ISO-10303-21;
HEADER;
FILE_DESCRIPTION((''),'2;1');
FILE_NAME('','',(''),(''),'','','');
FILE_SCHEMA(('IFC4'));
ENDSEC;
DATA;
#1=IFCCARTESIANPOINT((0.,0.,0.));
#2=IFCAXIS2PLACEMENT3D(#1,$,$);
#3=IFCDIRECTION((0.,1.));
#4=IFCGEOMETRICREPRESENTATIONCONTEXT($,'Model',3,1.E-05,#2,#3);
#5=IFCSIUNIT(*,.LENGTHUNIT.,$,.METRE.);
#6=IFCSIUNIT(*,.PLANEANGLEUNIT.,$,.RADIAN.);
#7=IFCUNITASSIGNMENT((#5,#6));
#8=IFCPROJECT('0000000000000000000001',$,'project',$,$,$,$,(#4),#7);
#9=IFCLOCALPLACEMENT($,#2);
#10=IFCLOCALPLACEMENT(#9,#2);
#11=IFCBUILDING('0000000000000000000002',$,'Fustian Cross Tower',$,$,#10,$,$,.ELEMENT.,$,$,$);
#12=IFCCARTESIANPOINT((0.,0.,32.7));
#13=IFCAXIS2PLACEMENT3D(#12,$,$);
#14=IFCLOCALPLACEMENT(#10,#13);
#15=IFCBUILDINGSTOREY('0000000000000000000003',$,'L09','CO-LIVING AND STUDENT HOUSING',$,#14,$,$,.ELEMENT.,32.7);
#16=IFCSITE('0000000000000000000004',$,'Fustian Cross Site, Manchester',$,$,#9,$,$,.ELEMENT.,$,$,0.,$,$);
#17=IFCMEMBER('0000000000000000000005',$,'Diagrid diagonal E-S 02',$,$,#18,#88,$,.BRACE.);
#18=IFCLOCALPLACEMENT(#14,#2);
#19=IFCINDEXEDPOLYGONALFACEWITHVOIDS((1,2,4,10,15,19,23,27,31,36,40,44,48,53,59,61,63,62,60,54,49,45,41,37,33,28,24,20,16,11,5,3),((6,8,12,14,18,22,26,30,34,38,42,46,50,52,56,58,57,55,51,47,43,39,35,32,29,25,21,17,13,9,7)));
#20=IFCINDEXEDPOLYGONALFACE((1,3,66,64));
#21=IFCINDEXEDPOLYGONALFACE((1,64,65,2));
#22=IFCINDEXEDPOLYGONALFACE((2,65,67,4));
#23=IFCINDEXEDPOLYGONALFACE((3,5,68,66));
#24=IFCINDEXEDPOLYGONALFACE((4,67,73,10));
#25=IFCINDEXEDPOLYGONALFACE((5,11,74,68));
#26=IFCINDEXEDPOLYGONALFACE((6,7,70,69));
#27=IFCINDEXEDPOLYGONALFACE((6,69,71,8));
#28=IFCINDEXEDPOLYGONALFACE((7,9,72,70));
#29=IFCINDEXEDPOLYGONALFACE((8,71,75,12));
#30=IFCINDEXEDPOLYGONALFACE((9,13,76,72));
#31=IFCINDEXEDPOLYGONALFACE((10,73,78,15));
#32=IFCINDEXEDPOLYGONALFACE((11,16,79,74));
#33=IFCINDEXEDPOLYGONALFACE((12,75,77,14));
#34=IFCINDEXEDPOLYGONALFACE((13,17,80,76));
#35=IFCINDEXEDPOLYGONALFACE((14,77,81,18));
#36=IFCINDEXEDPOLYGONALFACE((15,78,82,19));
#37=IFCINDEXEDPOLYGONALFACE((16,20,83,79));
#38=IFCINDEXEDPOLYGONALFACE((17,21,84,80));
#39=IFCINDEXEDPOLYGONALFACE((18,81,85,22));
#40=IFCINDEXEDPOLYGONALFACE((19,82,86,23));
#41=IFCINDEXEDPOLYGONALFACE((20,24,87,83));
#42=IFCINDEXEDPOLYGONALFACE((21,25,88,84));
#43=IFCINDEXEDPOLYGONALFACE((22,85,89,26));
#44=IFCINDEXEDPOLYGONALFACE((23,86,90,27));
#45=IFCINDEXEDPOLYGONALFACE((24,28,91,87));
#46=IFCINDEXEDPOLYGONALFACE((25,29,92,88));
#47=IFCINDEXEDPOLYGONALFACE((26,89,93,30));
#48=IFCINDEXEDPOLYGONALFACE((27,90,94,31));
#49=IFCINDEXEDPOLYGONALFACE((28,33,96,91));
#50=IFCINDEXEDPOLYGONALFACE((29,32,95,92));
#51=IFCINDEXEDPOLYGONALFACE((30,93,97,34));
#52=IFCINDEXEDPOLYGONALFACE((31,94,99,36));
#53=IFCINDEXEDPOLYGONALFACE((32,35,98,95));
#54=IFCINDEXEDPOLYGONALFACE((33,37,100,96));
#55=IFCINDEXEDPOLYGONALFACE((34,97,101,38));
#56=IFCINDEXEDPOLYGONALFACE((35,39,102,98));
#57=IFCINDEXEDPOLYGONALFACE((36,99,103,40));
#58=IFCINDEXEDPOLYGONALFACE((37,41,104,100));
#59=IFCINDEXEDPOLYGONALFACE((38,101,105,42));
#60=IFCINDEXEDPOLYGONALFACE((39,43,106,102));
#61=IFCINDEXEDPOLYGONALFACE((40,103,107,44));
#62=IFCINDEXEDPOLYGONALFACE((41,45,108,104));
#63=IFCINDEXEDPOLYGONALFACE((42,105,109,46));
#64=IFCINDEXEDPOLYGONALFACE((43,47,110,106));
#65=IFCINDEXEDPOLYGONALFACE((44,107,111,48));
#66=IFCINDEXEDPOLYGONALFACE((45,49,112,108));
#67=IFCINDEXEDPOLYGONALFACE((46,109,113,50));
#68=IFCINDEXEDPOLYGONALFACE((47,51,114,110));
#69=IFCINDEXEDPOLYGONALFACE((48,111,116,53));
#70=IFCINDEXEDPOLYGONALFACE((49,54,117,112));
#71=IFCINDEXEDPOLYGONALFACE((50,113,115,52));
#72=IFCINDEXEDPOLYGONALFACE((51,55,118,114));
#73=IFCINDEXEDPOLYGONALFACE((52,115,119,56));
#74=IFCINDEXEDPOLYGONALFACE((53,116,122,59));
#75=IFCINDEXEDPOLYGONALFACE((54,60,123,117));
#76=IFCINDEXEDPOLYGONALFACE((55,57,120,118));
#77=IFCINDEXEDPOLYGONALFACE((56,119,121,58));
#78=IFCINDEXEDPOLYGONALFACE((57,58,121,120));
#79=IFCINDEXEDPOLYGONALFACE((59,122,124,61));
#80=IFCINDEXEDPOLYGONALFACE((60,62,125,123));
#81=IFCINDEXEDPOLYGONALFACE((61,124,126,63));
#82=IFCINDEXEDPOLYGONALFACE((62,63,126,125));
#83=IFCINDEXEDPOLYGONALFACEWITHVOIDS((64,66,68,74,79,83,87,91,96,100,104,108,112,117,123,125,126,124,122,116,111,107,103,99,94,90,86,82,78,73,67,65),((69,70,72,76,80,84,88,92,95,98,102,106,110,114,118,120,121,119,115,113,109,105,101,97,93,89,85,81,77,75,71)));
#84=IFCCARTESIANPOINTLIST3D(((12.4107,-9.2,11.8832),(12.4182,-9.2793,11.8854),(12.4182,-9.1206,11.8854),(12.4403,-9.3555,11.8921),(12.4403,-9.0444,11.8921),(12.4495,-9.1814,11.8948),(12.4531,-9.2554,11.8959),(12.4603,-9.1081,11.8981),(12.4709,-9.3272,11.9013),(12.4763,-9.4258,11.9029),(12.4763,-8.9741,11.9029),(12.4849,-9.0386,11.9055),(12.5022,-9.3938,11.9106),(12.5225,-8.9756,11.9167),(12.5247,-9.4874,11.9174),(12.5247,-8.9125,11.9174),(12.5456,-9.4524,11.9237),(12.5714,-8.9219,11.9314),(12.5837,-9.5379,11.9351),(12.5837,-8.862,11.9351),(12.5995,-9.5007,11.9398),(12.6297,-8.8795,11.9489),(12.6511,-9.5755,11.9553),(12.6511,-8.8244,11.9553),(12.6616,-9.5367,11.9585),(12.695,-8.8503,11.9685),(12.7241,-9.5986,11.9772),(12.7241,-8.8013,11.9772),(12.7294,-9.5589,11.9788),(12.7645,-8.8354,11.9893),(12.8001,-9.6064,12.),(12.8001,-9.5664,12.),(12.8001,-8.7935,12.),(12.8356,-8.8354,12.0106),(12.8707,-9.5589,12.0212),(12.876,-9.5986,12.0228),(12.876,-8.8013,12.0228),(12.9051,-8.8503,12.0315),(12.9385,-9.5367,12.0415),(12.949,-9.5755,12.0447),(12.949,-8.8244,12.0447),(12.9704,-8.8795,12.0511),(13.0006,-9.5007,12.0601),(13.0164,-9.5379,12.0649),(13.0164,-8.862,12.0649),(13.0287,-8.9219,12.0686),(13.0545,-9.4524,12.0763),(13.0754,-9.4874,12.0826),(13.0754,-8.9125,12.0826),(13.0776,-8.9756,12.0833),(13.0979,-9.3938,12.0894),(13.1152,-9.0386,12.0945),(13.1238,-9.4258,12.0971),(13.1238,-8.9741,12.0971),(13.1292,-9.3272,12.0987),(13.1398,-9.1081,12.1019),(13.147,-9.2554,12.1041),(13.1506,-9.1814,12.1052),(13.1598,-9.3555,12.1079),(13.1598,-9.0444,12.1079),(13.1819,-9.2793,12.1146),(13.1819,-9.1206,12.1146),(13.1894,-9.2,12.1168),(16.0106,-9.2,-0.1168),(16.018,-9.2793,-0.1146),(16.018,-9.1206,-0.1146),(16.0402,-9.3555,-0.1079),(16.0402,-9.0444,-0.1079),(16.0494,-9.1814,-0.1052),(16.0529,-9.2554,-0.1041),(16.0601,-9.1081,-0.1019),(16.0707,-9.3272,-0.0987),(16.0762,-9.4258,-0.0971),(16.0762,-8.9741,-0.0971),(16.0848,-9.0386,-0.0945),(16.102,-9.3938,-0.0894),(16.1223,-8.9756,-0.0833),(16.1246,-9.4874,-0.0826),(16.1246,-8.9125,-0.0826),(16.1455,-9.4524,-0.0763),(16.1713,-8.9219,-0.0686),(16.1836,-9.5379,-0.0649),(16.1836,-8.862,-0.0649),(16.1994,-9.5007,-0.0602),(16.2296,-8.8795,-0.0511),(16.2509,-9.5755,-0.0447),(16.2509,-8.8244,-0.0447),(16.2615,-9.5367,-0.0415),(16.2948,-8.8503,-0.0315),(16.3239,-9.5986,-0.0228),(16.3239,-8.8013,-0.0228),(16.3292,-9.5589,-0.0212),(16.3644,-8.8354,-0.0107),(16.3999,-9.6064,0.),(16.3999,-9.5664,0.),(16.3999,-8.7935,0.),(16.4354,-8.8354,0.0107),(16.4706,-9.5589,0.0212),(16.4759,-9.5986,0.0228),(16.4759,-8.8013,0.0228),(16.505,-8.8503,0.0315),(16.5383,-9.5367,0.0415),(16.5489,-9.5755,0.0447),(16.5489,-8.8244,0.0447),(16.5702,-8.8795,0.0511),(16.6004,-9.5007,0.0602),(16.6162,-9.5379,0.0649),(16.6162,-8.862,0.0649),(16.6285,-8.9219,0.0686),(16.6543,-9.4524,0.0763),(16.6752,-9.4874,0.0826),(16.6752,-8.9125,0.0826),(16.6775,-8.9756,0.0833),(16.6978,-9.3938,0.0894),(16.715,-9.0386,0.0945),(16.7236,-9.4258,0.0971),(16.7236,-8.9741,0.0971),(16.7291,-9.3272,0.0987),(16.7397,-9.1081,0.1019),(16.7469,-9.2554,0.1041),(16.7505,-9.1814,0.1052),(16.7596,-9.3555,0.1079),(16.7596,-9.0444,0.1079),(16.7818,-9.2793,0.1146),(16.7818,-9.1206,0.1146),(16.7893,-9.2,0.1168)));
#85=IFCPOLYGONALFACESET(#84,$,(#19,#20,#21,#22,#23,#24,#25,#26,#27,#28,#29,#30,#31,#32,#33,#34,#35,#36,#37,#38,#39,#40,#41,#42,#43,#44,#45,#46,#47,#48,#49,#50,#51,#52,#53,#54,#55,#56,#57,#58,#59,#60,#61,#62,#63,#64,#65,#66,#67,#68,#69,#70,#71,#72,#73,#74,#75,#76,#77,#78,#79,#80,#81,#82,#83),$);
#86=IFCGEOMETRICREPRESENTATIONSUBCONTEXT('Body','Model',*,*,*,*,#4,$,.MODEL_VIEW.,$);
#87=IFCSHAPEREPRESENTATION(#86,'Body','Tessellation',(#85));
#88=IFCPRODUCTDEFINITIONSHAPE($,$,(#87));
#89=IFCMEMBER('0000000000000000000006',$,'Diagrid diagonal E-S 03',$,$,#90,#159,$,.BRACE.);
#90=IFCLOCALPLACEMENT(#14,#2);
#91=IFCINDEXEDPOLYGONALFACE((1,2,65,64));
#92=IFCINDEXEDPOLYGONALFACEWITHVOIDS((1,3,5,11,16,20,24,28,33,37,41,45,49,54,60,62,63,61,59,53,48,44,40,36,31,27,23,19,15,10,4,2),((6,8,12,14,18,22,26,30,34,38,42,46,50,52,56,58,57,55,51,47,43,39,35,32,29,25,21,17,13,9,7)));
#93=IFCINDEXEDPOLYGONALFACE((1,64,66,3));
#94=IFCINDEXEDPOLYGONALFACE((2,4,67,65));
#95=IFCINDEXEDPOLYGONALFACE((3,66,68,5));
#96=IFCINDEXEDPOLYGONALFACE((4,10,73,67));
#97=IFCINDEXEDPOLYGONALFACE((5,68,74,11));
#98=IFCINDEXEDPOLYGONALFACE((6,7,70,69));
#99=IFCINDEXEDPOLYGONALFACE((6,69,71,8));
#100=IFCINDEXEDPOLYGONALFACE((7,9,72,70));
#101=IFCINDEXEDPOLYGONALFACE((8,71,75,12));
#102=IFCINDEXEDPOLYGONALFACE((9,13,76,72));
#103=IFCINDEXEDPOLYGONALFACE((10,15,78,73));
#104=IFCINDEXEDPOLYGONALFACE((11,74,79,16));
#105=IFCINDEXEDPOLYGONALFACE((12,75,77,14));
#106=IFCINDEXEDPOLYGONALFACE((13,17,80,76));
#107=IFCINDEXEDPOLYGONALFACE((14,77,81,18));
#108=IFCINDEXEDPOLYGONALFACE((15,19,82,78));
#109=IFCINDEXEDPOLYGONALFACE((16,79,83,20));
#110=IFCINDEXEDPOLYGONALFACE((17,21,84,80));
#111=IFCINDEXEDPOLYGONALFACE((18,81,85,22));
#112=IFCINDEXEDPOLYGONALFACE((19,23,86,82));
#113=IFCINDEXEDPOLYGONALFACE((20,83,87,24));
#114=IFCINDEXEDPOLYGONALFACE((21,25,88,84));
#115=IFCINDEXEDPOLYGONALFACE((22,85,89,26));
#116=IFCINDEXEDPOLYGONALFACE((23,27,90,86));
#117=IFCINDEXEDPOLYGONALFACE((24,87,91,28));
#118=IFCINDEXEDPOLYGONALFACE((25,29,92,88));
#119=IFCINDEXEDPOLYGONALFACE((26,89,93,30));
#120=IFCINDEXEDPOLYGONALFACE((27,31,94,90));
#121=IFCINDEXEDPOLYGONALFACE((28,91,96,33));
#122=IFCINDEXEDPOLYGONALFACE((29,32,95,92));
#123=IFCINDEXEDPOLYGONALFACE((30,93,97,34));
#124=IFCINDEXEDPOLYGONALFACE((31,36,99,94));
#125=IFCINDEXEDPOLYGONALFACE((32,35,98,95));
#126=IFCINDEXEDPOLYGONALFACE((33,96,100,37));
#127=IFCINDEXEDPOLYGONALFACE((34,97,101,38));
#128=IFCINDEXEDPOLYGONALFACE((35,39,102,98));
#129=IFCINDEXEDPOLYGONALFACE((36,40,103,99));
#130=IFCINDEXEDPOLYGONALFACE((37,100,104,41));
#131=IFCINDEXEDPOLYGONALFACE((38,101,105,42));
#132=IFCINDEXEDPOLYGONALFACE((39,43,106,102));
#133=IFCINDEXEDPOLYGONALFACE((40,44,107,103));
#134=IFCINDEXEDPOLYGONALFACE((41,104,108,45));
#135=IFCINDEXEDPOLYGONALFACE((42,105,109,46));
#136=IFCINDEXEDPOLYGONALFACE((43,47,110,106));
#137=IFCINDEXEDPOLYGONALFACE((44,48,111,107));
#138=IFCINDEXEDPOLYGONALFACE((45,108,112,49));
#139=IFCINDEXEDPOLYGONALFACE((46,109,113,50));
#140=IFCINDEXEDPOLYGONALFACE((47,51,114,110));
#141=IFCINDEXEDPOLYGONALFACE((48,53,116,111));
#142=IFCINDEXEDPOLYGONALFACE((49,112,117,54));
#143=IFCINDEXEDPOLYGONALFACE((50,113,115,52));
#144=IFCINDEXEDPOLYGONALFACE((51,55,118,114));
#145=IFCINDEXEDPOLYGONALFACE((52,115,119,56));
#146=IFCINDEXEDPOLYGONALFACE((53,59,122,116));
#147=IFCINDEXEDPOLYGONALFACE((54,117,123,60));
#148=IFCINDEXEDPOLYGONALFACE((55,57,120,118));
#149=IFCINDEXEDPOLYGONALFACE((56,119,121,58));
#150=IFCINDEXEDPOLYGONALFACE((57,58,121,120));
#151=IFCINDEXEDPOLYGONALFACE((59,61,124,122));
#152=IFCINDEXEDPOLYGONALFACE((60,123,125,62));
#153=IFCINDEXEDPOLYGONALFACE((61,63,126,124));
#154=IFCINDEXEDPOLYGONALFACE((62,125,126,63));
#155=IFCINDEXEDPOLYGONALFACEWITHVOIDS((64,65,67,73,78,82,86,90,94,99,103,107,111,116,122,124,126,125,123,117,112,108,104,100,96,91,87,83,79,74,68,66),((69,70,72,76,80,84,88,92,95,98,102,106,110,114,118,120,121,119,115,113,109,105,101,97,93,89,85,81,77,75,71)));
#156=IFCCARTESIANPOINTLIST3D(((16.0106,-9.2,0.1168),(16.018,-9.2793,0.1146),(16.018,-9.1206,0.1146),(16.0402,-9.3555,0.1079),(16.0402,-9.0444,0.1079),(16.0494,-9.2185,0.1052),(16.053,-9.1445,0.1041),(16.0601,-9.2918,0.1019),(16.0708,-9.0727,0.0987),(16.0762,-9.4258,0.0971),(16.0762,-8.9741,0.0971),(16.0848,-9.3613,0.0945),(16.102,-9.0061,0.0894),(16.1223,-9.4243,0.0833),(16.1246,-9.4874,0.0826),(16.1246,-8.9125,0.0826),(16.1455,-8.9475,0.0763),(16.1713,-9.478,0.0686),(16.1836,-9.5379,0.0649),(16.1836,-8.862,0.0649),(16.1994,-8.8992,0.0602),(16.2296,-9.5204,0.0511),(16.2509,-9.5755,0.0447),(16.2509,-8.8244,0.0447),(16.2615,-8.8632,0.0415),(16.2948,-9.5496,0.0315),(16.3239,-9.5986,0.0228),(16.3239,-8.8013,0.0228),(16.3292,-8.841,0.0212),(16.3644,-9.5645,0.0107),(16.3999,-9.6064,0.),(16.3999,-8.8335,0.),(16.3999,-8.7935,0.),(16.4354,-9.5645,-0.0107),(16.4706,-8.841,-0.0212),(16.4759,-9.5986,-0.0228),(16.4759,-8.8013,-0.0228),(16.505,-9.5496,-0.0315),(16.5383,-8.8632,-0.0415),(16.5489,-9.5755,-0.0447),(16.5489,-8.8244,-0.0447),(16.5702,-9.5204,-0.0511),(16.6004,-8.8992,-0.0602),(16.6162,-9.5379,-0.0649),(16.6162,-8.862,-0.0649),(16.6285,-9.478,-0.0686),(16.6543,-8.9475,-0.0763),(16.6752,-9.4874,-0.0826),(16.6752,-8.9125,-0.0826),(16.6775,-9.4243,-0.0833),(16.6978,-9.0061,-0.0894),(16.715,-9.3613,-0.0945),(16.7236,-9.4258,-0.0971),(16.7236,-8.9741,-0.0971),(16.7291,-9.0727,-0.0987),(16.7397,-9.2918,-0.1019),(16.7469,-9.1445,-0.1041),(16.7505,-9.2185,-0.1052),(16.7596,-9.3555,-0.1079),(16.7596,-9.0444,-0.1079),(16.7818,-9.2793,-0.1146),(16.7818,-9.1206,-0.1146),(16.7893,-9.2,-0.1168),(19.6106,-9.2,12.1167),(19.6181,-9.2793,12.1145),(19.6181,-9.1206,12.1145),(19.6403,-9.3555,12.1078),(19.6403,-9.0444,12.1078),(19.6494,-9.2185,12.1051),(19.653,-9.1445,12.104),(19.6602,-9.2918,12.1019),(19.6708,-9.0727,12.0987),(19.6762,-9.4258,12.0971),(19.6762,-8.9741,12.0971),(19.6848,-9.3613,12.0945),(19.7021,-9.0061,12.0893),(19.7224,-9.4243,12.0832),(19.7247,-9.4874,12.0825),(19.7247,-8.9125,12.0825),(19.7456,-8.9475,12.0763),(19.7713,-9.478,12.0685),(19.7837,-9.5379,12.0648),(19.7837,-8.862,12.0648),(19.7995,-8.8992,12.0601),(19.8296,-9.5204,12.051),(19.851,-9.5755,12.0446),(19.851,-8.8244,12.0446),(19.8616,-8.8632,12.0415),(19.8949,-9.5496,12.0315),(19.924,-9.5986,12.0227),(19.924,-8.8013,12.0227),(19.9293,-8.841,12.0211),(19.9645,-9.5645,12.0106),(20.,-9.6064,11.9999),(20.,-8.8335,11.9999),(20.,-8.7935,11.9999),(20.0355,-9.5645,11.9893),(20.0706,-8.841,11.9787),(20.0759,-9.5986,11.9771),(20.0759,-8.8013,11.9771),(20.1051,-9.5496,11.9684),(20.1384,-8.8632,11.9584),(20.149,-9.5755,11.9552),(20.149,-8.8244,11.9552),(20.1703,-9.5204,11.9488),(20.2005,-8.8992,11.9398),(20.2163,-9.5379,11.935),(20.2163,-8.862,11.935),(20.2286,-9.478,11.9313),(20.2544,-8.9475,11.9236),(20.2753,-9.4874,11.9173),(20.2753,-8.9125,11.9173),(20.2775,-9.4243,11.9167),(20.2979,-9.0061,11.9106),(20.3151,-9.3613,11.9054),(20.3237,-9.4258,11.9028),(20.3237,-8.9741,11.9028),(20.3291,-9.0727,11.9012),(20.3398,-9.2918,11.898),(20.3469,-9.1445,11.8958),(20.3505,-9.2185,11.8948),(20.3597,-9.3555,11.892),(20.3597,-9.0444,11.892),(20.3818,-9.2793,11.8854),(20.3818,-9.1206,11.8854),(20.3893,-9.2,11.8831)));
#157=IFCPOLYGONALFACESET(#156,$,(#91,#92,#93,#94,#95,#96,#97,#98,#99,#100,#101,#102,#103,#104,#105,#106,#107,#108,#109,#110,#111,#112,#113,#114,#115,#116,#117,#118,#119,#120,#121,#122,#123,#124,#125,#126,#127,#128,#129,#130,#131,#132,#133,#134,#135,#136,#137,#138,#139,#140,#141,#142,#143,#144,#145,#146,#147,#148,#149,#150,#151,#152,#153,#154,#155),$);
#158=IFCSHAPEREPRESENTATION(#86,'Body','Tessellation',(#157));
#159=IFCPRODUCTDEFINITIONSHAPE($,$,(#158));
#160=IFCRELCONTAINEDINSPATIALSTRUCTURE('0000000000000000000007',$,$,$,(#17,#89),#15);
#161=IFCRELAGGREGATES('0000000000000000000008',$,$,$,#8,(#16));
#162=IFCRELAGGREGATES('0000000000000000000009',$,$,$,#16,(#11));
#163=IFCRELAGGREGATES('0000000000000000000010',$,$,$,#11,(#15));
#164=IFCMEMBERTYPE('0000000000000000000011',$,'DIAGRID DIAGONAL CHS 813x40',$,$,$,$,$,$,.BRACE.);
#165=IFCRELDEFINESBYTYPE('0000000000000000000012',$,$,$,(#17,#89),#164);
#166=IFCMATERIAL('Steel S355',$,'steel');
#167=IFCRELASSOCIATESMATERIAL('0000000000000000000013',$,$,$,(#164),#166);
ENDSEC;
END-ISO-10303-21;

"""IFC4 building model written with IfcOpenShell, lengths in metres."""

from ifc_helpers import new_model, si_unit, direction, frame, origin, origin_2d, place, context, subcontext, project, spatial, hollow_circle, extrude, material, material_profile, profile_set, type_object, element, save


model = new_model("IFC4")

# Units and contexts
model_context = context("Model", 3, precision=1e-05, world=origin(), true_north=direction((0.0, 1.0)))
body_context = subcontext(model_context, "Body", "Model", "MODEL_VIEW")
ifc_project = project(units=[si_unit("LENGTHUNIT", "METRE"), si_unit("PLANEANGLEUNIT", "RADIAN")], contexts=[model_context])

# Site, building, storey
site_placement = place(None, origin())
site = spatial("IfcSite", under=ifc_project, at=site_placement, Name="Fustian Cross Site, Manchester", CompositionType="ELEMENT", RefElevation=0.0)
building_placement = place(site_placement, origin())
building = spatial("IfcBuilding", under=site, at=building_placement, Name="Fustian Cross Tower", CompositionType="ELEMENT")
storey_placement = place(building_placement, frame((0.0, 0.0, 32.7)))
storey = spatial("IfcBuildingStorey", under=building, at=storey_placement, Name="L09", Description="CO-LIVING AND STUDENT HOUSING", CompositionType="ELEMENT", Elevation=32.7)

# Members
ifc_material_1 = material(Name="Steel S355", Category="steel")
ifc_material_profile_1 = material_profile(ifc_material_1, hollow_circle(Radius=0.4065, WallThickness=0.04, at=origin_2d()), Name="CHS 813x40")
ifc_profile_set_1 = profile_set([ifc_material_profile_1], Name="Steel S355")
member_type_1 = type_object("IfcMemberType", Name="DIAGRID DIAGONAL CHS 813x40", PredefinedType="BRACE", material=ifc_profile_set_1)
for number, where, z_axis, x_axis, name in (
    (1, (16.3999, -9.2, 0.0), (-0.287337, 0.0, 0.95783), (0.0, -1.0, 0.0), "Diagrid diagonal E-S 02"),
    (2, (16.3999, -9.2, 0.0), (0.287355, 0.0, 0.957824), (0.0, 1.0, 0.0), "Diagrid diagonal E-S 03"),
):
    element("IfcMember", number, at=place(storey_placement, frame(where, z_axis=z_axis, x_axis=x_axis)), inside=storey, type_object=member_type_1, Name=name, PredefinedType="BRACE", context=body_context, shape_type="SweptSolid", body=[
        extrude(hollow_circle(Radius=0.4065, WallThickness=0.04, at=origin_2d()), origin(), (0.0, 0.0, 1.0), 12.5283),
    ])

save(model, "model.ifc")
